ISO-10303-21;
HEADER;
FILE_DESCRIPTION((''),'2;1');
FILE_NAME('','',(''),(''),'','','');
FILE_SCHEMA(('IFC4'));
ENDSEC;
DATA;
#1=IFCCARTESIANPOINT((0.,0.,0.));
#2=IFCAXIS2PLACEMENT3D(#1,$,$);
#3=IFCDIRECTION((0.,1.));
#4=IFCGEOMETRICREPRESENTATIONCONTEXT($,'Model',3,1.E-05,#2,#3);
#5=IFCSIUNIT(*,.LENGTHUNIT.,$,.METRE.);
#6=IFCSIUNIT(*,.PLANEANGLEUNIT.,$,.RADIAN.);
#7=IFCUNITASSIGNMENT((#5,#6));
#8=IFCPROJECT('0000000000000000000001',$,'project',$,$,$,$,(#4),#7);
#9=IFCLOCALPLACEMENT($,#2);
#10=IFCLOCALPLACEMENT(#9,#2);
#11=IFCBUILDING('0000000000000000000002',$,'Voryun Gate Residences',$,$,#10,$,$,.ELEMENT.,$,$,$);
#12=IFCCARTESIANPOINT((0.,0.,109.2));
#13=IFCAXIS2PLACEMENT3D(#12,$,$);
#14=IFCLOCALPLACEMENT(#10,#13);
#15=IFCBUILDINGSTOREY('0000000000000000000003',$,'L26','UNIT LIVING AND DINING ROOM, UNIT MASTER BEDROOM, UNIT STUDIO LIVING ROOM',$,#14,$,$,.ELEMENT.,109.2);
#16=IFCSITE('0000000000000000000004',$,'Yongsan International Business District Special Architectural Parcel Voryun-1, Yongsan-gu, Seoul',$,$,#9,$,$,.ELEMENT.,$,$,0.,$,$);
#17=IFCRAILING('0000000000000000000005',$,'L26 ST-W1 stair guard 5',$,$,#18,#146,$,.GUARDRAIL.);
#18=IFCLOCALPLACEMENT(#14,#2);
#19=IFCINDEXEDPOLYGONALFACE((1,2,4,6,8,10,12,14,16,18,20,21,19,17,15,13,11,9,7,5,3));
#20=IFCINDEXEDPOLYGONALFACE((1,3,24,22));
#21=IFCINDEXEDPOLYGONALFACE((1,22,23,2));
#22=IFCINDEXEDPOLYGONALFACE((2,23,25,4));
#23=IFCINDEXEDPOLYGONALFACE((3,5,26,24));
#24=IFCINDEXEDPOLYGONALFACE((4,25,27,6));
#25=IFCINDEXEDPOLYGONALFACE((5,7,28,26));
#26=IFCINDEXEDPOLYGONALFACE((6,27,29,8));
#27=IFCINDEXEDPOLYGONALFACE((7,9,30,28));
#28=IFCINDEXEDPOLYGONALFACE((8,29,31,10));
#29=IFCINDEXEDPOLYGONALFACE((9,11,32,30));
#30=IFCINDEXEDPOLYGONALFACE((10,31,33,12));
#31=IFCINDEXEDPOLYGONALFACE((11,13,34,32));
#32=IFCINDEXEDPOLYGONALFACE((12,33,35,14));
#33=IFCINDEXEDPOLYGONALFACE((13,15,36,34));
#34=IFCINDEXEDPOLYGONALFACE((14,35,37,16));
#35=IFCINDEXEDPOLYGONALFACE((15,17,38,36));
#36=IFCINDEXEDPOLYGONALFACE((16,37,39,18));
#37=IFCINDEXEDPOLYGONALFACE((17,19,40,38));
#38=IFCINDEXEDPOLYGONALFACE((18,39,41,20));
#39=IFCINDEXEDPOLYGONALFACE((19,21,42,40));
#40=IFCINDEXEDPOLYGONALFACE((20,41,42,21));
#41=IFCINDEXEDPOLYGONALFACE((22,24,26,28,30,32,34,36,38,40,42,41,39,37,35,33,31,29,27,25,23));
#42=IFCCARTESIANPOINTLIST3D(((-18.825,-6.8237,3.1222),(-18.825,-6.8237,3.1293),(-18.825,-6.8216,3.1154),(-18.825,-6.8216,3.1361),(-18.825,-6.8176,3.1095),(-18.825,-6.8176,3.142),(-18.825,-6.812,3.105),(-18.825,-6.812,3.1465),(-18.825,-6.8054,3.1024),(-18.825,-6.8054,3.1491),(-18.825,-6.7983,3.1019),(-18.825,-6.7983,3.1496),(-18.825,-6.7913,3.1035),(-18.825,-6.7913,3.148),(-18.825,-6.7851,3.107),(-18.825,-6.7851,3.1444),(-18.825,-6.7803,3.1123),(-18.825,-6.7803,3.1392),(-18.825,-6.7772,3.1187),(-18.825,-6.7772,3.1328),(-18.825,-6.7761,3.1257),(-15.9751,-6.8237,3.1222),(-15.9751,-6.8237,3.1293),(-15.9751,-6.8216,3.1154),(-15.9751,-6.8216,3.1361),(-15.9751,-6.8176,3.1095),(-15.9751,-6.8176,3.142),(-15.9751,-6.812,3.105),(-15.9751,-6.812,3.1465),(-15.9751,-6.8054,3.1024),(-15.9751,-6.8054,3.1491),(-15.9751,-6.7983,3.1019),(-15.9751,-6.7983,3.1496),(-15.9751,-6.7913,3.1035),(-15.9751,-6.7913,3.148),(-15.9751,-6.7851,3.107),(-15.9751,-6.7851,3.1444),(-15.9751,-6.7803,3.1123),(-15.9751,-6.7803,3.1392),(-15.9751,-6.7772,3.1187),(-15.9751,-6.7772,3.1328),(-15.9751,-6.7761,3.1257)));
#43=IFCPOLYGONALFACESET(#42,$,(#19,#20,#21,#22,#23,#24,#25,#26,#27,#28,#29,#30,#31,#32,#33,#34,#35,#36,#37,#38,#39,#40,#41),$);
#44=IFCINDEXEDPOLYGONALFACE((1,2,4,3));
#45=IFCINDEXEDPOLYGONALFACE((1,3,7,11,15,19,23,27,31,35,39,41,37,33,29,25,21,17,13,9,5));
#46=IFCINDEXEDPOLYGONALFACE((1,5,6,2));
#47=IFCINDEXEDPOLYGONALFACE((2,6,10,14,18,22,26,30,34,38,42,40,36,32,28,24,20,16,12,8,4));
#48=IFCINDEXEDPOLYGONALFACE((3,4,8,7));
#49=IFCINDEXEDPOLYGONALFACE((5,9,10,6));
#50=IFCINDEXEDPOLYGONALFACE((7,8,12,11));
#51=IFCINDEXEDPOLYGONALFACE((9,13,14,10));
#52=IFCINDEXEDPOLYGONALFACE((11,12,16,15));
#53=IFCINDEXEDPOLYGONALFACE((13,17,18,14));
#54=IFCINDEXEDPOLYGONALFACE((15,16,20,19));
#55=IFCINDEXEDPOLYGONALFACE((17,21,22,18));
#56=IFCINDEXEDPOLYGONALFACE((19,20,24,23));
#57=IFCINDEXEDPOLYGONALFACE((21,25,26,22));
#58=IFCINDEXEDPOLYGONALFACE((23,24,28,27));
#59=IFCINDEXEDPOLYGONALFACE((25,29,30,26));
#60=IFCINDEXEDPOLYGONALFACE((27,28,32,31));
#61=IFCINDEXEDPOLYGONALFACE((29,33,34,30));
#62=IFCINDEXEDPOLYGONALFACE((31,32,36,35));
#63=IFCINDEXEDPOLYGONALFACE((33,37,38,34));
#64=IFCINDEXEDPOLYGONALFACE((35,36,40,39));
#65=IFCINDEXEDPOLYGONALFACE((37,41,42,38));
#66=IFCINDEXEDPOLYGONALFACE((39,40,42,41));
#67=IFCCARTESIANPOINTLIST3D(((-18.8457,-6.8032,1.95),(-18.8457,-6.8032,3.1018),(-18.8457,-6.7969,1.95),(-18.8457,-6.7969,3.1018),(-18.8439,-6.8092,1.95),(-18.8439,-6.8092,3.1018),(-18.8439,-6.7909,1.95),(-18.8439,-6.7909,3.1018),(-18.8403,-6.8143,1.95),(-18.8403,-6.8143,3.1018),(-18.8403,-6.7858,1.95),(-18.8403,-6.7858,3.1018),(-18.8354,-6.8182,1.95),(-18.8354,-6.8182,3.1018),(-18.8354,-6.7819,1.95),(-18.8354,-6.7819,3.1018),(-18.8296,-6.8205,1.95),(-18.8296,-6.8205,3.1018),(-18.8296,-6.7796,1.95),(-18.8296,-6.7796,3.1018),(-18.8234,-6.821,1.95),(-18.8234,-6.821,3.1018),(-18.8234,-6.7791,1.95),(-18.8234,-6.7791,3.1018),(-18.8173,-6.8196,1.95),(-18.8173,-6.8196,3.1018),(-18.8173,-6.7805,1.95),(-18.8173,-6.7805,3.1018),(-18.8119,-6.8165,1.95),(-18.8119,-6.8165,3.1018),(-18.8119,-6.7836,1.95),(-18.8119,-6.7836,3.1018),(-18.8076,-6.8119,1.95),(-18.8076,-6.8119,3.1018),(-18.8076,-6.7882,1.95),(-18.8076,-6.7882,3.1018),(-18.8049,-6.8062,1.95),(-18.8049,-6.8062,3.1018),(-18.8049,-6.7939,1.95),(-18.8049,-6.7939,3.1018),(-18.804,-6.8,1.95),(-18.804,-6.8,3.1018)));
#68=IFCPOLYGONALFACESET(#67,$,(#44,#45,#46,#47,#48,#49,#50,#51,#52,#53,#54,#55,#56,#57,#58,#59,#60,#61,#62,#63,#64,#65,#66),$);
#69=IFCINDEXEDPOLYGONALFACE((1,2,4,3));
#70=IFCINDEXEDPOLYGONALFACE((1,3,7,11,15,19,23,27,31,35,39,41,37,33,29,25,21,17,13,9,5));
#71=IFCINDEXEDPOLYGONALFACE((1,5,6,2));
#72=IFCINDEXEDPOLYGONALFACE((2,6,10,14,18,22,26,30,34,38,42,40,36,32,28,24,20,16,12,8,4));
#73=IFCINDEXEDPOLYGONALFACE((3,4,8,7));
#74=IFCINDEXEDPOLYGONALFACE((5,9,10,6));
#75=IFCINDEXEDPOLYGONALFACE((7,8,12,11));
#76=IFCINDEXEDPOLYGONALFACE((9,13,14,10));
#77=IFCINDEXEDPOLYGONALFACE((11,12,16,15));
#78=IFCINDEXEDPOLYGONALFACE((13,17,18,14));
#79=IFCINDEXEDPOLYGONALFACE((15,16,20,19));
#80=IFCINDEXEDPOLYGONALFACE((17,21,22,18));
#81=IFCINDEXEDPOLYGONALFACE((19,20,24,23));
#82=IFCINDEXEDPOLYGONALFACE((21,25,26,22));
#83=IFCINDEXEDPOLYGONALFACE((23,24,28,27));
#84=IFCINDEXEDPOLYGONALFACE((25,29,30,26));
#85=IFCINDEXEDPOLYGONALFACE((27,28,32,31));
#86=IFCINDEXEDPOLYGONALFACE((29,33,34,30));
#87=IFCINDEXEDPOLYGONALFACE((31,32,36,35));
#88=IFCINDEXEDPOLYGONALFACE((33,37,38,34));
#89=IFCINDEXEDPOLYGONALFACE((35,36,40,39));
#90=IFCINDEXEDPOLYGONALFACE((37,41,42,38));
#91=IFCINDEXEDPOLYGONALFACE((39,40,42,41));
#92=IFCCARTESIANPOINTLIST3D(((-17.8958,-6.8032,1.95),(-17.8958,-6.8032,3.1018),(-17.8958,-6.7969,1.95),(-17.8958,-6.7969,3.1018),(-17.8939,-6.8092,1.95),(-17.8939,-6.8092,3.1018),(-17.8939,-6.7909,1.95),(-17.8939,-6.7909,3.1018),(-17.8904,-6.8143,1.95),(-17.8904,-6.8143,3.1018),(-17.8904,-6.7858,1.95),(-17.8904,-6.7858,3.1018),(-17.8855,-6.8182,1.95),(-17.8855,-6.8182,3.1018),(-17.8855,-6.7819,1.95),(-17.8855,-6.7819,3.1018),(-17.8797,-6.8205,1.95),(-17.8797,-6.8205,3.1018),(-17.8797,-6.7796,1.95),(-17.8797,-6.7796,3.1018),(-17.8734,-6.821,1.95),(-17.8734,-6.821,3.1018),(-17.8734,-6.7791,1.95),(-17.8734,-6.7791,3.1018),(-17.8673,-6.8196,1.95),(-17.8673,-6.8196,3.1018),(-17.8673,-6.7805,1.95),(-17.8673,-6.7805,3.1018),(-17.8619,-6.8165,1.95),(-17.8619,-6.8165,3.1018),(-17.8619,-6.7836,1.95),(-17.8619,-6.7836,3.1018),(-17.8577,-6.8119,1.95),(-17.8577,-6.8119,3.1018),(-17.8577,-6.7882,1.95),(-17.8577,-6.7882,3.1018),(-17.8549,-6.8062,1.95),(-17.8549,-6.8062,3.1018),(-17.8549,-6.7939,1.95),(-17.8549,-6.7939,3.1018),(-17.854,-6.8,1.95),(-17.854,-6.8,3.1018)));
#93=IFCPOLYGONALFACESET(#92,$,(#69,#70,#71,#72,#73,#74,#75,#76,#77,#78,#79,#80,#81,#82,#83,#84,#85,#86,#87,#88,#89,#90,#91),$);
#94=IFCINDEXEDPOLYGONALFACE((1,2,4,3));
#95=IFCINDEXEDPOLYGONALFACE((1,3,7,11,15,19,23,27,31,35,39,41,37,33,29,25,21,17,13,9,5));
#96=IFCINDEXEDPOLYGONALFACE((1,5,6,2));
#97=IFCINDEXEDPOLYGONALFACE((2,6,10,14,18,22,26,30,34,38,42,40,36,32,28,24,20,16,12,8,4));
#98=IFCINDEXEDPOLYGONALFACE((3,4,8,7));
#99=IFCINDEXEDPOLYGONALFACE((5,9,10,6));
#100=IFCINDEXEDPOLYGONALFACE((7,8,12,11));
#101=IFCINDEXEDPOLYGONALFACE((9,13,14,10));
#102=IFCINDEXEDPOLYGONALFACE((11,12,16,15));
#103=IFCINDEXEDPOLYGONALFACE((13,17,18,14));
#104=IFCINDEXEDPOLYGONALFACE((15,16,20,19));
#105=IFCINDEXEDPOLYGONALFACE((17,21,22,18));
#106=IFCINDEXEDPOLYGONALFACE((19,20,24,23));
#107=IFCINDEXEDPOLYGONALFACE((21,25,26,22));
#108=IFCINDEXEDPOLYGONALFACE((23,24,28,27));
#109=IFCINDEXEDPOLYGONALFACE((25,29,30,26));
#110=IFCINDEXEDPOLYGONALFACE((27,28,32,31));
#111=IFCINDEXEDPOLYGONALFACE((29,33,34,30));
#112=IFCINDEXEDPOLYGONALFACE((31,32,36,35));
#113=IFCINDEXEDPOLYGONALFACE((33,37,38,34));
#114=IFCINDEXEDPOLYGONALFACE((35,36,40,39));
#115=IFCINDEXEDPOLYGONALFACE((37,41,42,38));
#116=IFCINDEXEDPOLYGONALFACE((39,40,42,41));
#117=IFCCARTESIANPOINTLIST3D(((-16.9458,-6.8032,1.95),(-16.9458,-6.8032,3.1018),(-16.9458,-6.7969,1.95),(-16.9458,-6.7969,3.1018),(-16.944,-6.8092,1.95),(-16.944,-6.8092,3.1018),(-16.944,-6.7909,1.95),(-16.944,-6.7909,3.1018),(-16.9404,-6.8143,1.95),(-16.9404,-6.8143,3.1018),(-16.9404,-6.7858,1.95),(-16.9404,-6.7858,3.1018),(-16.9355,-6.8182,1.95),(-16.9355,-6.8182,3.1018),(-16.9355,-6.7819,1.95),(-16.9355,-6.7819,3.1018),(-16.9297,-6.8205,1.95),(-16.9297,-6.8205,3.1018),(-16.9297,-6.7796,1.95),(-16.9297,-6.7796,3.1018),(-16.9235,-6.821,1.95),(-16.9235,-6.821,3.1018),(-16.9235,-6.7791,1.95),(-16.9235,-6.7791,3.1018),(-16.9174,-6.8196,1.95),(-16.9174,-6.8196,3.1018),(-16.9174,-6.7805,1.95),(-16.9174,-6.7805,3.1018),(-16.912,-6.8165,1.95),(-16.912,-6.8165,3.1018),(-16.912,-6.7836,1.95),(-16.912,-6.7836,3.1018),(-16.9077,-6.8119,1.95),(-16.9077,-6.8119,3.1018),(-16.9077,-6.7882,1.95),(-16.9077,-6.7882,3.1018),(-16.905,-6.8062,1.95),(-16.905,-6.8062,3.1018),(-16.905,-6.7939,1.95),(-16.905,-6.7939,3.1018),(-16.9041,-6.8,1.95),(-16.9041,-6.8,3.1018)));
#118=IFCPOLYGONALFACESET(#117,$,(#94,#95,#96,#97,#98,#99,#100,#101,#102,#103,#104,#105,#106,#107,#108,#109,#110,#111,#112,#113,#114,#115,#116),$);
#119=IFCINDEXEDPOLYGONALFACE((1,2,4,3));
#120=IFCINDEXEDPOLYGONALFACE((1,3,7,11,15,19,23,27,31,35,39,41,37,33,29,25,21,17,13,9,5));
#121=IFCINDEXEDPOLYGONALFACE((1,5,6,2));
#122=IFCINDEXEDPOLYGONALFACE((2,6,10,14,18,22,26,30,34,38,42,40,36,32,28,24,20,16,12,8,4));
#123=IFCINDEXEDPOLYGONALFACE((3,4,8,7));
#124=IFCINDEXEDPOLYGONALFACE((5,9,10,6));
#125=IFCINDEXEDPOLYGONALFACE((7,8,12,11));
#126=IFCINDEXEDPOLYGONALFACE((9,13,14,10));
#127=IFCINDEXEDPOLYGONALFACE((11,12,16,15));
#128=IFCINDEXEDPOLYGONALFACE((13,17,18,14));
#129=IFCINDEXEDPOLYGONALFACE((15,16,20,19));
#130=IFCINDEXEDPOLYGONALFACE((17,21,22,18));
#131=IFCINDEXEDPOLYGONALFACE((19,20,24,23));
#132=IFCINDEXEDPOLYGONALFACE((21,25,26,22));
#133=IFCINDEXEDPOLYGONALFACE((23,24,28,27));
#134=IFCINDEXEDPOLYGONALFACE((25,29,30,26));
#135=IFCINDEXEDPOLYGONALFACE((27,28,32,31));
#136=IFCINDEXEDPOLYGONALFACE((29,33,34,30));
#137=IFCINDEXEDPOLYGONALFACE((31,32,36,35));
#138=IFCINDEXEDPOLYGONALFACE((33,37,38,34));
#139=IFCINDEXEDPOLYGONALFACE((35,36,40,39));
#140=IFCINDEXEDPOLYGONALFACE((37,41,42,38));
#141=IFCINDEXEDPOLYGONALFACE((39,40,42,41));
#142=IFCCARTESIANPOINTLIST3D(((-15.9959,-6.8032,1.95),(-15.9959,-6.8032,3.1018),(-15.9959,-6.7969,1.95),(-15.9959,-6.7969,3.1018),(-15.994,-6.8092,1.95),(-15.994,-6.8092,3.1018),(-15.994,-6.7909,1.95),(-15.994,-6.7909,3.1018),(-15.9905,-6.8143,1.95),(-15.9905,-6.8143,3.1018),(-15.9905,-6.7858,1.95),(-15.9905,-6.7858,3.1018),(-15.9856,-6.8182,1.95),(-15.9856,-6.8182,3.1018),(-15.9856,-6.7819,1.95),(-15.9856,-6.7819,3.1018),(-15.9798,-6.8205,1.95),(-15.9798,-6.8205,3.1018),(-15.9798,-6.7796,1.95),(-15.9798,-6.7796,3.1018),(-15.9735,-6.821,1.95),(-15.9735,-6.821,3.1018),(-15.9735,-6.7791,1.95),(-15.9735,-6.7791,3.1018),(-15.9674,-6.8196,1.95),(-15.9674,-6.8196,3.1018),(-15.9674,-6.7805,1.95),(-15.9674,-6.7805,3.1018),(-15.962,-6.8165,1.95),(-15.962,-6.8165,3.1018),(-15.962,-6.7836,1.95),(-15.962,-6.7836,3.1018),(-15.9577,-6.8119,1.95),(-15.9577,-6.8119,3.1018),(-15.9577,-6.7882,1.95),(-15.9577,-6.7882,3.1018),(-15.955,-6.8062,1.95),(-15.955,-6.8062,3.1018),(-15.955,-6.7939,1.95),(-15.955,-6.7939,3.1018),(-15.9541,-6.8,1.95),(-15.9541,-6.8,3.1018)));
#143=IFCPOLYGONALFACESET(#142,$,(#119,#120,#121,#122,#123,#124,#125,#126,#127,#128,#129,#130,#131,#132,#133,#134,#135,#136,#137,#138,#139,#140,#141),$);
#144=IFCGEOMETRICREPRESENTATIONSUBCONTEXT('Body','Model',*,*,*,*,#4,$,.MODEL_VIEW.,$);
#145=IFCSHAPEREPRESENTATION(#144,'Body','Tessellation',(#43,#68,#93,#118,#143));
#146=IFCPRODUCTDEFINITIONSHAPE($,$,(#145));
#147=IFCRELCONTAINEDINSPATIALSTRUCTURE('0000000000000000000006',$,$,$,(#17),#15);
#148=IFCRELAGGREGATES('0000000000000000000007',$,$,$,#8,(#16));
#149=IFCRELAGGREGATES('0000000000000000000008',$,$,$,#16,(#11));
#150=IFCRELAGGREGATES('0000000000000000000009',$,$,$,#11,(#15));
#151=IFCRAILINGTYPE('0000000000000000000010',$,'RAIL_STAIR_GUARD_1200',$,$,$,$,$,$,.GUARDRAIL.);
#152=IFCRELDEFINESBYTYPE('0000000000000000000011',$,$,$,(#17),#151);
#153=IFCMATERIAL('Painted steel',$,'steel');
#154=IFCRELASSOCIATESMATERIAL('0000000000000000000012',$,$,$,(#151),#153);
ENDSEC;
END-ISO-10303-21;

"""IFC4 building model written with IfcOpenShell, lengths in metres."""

from ifc_helpers import new_model, si_unit, direction, frame, origin, origin_2d, place, context, subcontext, project, spatial, circle, extrude, material, type_object, element, save


model = new_model("IFC4")

# Units and contexts
model_context = context("Model", 3, precision=1e-05, world=origin(), true_north=direction((0.0, 1.0)))
body_context = subcontext(model_context, "Body", "Model", "MODEL_VIEW")
ifc_project = project(units=[si_unit("LENGTHUNIT", "METRE"), si_unit("PLANEANGLEUNIT", "RADIAN")], contexts=[model_context])

# Site, building, storey
site_placement = place(None, origin())
site = spatial("IfcSite", under=ifc_project, at=site_placement, Name="Yongsan International Business District Special Architectural Parcel Voryun-1, Yongsan-gu, Seoul", CompositionType="ELEMENT", RefElevation=0.0)
building_placement = place(site_placement, origin())
building = spatial("IfcBuilding", under=site, at=building_placement, Name="Voryun Gate Residences", CompositionType="ELEMENT")
storey_placement = place(building_placement, frame((0.0, 0.0, 109.2)))
storey = spatial("IfcBuildingStorey", under=building, at=storey_placement, Name="L26", Description="UNIT LIVING AND DINING ROOM, UNIT MASTER BEDROOM, UNIT STUDIO LIVING ROOM", CompositionType="ELEMENT", Elevation=109.2)

# Railing
ifc_material_1 = material(Name="Painted steel", Category="steel")
railing_type_1 = type_object("IfcRailingType", Name="RAIL_STAIR_GUARD_1200", PredefinedType="GUARDRAIL", material=ifc_material_1)
railing_1_placement = place(storey_placement, frame((-18.825, -6.8, 1.95)))
element("IfcRailing", 1, at=railing_1_placement, inside=storey, type_object=railing_type_1, Name="L26 ST-W1 stair guard 5", PredefinedType="GUARDRAIL", context=body_context, shape_type="SweptSolid", body=[
    extrude(circle(Radius=0.0239, at=origin_2d()), frame((0.0, 0.0, 1.1758), z_axis=(1.0, 0.0, 0.0), x_axis=(0.0, 1.0, 0.0)), (0.0, 0.0, 1.0), 2.8499),
    extrude(circle(Radius=0.021, at=origin_2d()), origin(), (0.0, 0.0, 1.0), 1.1519),
    extrude(circle(Radius=0.021, at=origin_2d()), frame((0.95, 0.0, 0.0)), (0.0, 0.0, 1.0), 1.1519),
    extrude(circle(Radius=0.021, at=origin_2d()), frame((1.8999, 0.0, 0.0)), (0.0, 0.0, 1.0), 1.1519),
    extrude(circle(Radius=0.021, at=origin_2d()), frame((2.8499, 0.0, 0.0)), (0.0, 0.0, 1.0), 1.1519),
])

save(model, "model.ifc")
